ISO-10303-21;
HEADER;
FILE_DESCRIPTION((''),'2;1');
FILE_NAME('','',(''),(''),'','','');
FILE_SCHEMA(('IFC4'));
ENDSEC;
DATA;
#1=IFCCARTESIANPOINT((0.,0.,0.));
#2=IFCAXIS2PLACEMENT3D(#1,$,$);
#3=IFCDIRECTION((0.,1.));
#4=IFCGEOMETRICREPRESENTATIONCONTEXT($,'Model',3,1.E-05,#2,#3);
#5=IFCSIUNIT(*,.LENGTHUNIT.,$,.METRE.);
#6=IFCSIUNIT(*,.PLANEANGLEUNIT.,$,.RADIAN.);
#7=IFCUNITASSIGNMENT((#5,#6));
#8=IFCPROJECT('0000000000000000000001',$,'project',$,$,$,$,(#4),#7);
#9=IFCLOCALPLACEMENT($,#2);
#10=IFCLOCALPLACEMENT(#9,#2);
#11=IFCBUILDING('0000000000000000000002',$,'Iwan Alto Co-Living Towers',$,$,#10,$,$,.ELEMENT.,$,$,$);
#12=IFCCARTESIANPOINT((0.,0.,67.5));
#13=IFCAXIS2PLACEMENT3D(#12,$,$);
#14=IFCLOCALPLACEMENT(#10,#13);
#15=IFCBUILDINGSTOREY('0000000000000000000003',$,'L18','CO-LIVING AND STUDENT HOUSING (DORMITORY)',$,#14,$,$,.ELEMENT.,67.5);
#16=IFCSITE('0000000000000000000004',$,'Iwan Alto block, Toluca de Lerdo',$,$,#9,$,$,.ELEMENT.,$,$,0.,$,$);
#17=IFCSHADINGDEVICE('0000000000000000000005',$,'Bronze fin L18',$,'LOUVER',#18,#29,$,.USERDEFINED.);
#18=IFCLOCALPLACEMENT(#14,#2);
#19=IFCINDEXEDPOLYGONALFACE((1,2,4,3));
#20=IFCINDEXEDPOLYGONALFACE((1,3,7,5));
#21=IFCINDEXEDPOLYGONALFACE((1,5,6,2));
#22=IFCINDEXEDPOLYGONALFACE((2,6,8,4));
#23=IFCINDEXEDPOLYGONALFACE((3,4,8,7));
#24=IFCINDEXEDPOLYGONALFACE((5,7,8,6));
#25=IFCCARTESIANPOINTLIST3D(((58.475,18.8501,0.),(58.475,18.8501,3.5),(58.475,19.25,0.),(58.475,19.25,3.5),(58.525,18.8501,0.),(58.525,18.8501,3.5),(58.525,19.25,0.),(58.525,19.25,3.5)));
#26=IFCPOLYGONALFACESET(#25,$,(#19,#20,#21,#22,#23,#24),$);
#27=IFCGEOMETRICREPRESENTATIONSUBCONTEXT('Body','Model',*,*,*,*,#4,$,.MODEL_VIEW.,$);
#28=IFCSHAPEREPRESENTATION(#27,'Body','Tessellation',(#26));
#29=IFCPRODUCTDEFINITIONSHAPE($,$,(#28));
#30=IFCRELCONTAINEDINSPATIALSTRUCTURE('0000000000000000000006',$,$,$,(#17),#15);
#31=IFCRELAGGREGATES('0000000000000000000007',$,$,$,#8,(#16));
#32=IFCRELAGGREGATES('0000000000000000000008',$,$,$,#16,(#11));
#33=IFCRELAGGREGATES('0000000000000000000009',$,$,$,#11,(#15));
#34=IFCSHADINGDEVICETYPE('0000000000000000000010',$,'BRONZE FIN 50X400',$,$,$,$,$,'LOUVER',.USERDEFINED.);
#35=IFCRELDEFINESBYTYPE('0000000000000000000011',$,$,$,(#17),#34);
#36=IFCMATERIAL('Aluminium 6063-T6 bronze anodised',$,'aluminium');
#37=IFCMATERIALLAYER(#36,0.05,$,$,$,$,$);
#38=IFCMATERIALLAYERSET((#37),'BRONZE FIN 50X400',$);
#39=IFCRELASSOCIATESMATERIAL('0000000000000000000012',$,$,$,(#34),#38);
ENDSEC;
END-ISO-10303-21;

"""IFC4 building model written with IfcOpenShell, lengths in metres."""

from ifc_helpers import new_model, si_unit, direction, frame, origin, origin_2d, place, context, subcontext, project, spatial, rectangle, extrude, material, layer, layer_set, type_object, element, save


model = new_model("IFC4")

# Units and contexts
model_context = context("Model", 3, precision=1e-05, world=origin(), true_north=direction((0.0, 1.0)))
body_context = subcontext(model_context, "Body", "Model", "MODEL_VIEW")
ifc_project = project(units=[si_unit("LENGTHUNIT", "METRE"), si_unit("PLANEANGLEUNIT", "RADIAN")], contexts=[model_context])

# Site, building, storey
site_placement = place(None, origin())
site = spatial("IfcSite", under=ifc_project, at=site_placement, Name="Iwan Alto block, Toluca de Lerdo", CompositionType="ELEMENT", RefElevation=0.0)
building_placement = place(site_placement, origin())
building = spatial("IfcBuilding", under=site, at=building_placement, Name="Iwan Alto Co-Living Towers", CompositionType="ELEMENT")
storey_placement = place(building_placement, frame((0.0, 0.0, 67.5)))
storey = spatial("IfcBuildingStorey", under=building, at=storey_placement, Name="L18", Description="CO-LIVING AND STUDENT HOUSING (DORMITORY)", CompositionType="ELEMENT", Elevation=67.5)

# Shading device
ifc_material_1 = material(Name="Aluminium 6063-T6 bronze anodised", Category="aluminium")
ifc_layer_1 = layer(ifc_material_1, 0.05)
ifc_layer_set_1 = layer_set([ifc_layer_1], Name="BRONZE FIN 50X400")
shading_device_type = type_object("IfcShadingDeviceType", Name="BRONZE FIN 50X400", ElementType="LOUVER", PredefinedType="USERDEFINED", material=ifc_layer_set_1)
shading_device_placement = place(storey_placement, frame((58.5, 19.05, 0.0), z_axis=(0.0, 0.0, 1.0), x_axis=(-1.0, 0.0, 0.0)))
element("IfcShadingDevice", 1, at=shading_device_placement, inside=storey, type_object=shading_device_type, Name="Bronze fin L18", ObjectType="LOUVER", PredefinedType="USERDEFINED", context=body_context, shape_type="SweptSolid", body=[
    extrude(rectangle(XDim=0.05, YDim=0.3999, at=origin_2d()), origin(), (0.0, 0.0, 1.0), 3.5),
])

save(model, "model.ifc")
